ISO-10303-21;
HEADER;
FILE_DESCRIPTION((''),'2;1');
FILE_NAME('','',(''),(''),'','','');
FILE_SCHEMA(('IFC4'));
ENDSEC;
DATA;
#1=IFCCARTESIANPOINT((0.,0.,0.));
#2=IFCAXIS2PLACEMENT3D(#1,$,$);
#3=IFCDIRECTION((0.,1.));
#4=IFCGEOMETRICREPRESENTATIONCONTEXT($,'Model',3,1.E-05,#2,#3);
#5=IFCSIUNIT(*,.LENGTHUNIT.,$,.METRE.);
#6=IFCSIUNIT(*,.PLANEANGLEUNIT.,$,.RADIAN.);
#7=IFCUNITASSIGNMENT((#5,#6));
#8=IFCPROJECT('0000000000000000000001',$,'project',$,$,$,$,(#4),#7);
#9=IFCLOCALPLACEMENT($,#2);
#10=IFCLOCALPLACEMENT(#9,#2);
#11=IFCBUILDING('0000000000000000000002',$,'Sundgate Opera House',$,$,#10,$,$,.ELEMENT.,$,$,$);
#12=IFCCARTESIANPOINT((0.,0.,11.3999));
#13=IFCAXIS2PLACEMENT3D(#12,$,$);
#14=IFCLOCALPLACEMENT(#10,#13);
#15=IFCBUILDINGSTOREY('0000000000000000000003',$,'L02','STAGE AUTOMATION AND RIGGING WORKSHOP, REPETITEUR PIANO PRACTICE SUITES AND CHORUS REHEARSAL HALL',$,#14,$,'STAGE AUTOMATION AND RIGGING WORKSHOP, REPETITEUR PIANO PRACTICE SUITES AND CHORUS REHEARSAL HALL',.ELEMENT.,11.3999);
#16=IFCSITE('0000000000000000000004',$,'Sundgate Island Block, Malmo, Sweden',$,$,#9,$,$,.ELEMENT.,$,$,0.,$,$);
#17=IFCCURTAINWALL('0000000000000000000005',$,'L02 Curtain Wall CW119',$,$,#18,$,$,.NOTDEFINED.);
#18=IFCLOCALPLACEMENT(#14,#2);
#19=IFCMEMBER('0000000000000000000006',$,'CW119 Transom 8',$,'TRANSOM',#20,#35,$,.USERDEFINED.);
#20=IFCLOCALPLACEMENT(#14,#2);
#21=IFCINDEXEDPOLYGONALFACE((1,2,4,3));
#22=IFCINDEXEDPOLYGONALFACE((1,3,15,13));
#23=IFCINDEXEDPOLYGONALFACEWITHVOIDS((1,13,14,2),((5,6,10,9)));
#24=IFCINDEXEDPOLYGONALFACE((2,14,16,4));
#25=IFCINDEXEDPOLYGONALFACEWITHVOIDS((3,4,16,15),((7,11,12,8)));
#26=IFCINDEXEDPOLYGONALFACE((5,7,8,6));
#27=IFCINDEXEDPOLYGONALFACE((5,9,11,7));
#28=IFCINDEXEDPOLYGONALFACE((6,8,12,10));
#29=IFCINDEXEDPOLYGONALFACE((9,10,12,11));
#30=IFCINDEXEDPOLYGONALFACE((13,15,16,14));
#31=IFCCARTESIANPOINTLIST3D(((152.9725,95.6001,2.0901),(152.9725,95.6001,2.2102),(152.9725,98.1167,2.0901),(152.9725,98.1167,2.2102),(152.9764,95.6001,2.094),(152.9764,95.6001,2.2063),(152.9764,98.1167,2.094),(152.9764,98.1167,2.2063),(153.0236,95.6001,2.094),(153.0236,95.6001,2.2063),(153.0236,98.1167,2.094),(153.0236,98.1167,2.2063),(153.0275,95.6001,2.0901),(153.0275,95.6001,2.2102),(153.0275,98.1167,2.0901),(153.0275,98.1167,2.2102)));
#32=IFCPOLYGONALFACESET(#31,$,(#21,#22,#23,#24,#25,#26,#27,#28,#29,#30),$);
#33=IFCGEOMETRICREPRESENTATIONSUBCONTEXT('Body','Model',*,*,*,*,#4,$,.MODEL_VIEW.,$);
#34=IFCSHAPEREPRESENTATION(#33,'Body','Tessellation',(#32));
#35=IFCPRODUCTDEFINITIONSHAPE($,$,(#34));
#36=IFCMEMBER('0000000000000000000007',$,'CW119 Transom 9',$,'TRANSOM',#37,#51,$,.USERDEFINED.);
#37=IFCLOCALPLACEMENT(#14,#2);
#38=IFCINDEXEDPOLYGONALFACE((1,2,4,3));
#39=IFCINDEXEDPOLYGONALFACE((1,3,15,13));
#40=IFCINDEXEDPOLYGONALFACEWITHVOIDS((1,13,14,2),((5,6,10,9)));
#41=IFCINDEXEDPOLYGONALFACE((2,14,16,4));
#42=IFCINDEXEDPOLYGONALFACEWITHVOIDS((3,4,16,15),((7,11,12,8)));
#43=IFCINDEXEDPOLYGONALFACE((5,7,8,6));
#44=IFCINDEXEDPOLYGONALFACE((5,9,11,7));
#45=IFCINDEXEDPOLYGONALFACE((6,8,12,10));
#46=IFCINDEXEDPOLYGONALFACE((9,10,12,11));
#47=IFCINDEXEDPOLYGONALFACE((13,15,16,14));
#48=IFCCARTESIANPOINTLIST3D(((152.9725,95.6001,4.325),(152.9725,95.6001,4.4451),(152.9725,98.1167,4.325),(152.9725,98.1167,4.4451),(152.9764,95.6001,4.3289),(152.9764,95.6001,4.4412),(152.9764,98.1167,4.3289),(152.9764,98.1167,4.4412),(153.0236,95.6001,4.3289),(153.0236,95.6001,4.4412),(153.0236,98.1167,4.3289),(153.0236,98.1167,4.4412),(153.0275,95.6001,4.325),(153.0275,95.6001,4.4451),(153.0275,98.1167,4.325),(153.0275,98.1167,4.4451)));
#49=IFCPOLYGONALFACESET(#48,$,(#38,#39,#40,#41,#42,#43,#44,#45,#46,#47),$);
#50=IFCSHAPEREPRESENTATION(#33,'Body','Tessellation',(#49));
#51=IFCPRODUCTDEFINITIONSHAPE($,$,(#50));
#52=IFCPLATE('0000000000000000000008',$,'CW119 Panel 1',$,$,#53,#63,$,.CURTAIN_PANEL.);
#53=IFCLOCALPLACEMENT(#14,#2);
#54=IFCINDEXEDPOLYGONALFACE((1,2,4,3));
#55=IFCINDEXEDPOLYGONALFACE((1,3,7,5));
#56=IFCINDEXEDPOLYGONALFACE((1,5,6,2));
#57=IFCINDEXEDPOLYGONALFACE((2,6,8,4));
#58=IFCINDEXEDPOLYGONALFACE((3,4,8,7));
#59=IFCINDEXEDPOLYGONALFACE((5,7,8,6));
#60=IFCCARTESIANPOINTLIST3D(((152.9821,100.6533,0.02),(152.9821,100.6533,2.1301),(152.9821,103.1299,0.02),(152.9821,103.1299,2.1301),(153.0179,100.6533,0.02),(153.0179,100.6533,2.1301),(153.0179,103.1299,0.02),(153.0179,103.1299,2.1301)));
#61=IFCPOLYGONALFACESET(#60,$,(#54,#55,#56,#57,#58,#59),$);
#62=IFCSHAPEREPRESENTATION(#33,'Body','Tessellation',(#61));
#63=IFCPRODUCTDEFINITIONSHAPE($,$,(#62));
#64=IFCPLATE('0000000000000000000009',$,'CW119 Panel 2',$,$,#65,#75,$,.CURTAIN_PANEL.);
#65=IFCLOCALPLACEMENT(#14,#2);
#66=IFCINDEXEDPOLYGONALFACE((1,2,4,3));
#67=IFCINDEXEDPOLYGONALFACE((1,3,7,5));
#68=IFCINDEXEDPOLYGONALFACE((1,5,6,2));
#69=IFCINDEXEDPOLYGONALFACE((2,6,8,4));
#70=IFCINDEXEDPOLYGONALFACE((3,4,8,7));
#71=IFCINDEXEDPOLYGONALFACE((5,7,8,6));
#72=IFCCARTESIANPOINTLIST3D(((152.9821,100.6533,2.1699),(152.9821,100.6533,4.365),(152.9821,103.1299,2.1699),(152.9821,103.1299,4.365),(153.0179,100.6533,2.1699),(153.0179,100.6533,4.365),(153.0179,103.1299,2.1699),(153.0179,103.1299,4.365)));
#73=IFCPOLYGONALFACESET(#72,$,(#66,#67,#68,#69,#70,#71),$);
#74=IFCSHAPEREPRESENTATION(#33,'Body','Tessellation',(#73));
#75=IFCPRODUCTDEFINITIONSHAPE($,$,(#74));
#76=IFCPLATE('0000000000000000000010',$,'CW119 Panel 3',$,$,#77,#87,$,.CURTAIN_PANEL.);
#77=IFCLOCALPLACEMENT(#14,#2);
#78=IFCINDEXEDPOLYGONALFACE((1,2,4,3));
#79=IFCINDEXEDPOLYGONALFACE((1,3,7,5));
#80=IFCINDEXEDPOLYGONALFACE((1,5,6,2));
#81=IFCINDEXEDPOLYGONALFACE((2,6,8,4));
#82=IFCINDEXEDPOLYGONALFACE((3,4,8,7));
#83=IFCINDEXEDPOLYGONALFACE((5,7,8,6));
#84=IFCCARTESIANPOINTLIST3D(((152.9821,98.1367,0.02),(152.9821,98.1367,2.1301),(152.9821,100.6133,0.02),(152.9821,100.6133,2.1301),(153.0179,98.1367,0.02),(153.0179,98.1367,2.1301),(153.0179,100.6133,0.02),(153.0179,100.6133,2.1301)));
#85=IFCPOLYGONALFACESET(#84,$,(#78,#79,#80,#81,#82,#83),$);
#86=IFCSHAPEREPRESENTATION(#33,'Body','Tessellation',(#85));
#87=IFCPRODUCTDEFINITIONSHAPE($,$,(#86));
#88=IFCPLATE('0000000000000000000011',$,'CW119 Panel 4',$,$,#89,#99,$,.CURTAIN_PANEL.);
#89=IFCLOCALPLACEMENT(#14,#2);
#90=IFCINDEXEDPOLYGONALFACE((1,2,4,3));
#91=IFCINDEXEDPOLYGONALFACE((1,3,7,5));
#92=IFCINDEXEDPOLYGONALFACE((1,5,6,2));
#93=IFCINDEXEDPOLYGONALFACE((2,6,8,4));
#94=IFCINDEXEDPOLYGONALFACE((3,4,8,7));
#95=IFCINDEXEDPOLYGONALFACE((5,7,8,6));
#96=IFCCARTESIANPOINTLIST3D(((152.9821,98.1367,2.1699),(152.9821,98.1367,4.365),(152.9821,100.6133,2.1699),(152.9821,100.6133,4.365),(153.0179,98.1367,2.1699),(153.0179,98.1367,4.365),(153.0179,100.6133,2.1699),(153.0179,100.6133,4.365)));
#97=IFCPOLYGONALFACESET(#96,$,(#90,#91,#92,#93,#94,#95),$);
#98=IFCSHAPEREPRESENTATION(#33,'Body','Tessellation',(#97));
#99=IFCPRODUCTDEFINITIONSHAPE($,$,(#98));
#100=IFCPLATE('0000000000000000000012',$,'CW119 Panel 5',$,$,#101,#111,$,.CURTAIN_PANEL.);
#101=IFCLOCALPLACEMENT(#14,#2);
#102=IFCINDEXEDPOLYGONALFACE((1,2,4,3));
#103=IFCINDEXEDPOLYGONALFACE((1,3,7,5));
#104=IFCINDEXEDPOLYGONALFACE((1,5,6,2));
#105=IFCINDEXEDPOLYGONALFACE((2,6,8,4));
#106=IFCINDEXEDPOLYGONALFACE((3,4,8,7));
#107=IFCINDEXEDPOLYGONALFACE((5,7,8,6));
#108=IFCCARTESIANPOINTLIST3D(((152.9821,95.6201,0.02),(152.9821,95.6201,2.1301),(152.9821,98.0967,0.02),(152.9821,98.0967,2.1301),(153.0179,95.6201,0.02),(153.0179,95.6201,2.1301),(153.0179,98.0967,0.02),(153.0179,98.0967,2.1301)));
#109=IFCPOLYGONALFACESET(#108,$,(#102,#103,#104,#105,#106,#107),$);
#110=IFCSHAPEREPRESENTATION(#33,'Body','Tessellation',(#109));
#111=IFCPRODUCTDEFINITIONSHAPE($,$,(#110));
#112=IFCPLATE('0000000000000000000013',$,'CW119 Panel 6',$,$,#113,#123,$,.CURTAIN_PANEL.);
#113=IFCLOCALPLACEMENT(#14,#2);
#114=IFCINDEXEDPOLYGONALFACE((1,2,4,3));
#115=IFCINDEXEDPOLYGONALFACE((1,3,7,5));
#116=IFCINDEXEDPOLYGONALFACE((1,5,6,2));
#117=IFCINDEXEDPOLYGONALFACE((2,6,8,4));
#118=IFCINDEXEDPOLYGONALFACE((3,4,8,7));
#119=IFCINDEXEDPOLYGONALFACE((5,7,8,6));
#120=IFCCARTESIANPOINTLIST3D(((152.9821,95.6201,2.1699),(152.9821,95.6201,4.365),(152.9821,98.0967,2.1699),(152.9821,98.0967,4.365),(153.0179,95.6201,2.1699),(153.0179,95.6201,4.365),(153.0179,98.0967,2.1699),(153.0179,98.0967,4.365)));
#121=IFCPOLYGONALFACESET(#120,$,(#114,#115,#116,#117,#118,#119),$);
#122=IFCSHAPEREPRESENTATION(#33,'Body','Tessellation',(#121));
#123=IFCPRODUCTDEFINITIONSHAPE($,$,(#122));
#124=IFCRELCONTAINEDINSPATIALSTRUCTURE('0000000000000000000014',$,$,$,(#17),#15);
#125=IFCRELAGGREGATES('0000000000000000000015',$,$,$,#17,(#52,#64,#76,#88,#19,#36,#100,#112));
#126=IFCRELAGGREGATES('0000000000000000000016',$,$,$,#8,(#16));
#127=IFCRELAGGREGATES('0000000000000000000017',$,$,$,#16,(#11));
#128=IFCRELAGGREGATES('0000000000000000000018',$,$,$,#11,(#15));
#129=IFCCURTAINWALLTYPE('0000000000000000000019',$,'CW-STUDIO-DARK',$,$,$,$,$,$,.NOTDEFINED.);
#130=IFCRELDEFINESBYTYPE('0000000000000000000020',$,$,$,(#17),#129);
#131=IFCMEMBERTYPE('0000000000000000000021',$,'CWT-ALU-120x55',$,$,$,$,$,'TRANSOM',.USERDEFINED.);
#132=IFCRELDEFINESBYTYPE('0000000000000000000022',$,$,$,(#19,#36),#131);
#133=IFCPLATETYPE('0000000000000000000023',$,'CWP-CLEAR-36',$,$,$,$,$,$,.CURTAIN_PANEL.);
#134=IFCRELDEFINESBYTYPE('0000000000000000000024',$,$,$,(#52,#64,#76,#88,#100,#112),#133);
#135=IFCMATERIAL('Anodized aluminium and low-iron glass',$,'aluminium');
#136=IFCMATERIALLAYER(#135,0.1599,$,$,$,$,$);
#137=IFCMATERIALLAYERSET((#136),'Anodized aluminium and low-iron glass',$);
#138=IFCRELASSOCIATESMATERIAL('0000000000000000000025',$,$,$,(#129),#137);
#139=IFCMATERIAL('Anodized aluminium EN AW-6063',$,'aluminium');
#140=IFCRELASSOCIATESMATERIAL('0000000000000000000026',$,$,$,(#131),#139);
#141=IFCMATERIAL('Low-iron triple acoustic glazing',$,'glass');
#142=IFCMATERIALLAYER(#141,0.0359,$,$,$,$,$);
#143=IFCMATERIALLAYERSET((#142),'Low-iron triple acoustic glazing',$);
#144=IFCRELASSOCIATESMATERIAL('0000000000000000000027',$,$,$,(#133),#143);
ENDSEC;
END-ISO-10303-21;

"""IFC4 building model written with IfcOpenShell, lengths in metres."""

from ifc_helpers import new_model, si_unit, direction, frame, origin, origin_2d, place, context, subcontext, project, spatial, rectangle, hollow_rectangle, extrude, material, layer, layer_set, material_profile, profile_set, type_object, element, aggregate, save


model = new_model("IFC4")

# Units and contexts
model_context = context("Model", 3, precision=1e-05, world=origin(), true_north=direction((0.0, 1.0)))
body_context = subcontext(model_context, "Body", "Model", "MODEL_VIEW")
ifc_project = project(units=[si_unit("LENGTHUNIT", "METRE"), si_unit("PLANEANGLEUNIT", "RADIAN")], contexts=[model_context])

# Site, building, storey
site_placement = place(None, origin())
site = spatial("IfcSite", under=ifc_project, at=site_placement, Name="Sundgate Island Block, Malmo, Sweden", CompositionType="ELEMENT", RefElevation=0.0)
building_placement = place(site_placement, origin())
building = spatial("IfcBuilding", under=site, at=building_placement, Name="Sundgate Opera House", CompositionType="ELEMENT")
storey_placement = place(building_placement, frame((0.0, 0.0, 11.3999)))
storey = spatial("IfcBuildingStorey", under=building, at=storey_placement, Name="L02", Description="STAGE AUTOMATION AND RIGGING WORKSHOP, REPETITEUR PIANO PRACTICE SUITES AND CHORUS REHEARSAL HALL", LongName="STAGE AUTOMATION AND RIGGING WORKSHOP, REPETITEUR PIANO PRACTICE SUITES AND CHORUS REHEARSAL HALL", CompositionType="ELEMENT", Elevation=11.3999)

# Curtain wall, members, plates
ifc_material_1 = material(Name="Anodized aluminium and low-iron glass", Category="aluminium")
ifc_layer_1 = layer(ifc_material_1, 0.1599)
ifc_layer_set_1 = layer_set([ifc_layer_1], Name="Anodized aluminium and low-iron glass")
curtain_wall_type = type_object("IfcCurtainWallType", Name="CW-STUDIO-DARK", PredefinedType="NOTDEFINED", material=ifc_layer_set_1)
curtain_wall_placement = place(storey_placement, origin())
curtain_wall = element("IfcCurtainWall", 1, at=curtain_wall_placement, inside=storey, type_object=curtain_wall_type, Name="L02 Curtain Wall CW119", PredefinedType="NOTDEFINED")
ifc_material_2 = material(Name="Anodized aluminium EN AW-6063", Category="aluminium")
ifc_material_profile_1 = material_profile(ifc_material_2, hollow_rectangle(XDim=0.0549, YDim=0.1201, WallThickness=0.0039, at=origin_2d()), Name="CWT 120x55x4")
ifc_profile_set_1 = profile_set([ifc_material_profile_1], Name="Anodized aluminium EN AW-6063")
member_type_1 = type_object("IfcMemberType", Name="CWT-ALU-120x55", ElementType="TRANSOM", PredefinedType="USERDEFINED", material=ifc_profile_set_1)
member_1_placement = place(storey_placement, frame((153.0, 98.1167, 2.1501), z_axis=(0.0, -1.0, 0.0), x_axis=(1.0, 0.0, 0.0)))
member_1 = element("IfcMember", 2, at=member_1_placement, type_object=member_type_1, Name="CW119 Transom 8", ObjectType="TRANSOM", PredefinedType="USERDEFINED", context=body_context, shape_type="SweptSolid", body=[
    extrude(hollow_rectangle(XDim=0.0549, YDim=0.1201, WallThickness=0.0039, at=origin_2d()), origin(), (0.0, 0.0, 1.0), 2.5166),
])
member_2_placement = place(storey_placement, frame((153.0, 98.1167, 4.385), z_axis=(0.0, -1.0, 0.0), x_axis=(1.0, 0.0, 0.0)))
member_2 = element("IfcMember", 3, at=member_2_placement, type_object=member_type_1, Name="CW119 Transom 9", ObjectType="TRANSOM", PredefinedType="USERDEFINED", context=body_context, shape_type="SweptSolid", body=[
    extrude(hollow_rectangle(XDim=0.0549, YDim=0.1201, WallThickness=0.0039, at=origin_2d()), origin(), (0.0, 0.0, 1.0), 2.5166),
])
ifc_material_3 = material(Name="Low-iron triple acoustic glazing", Category="glass")
ifc_layer_2 = layer(ifc_material_3, 0.0359)
ifc_layer_set_2 = layer_set([ifc_layer_2], Name="Low-iron triple acoustic glazing")
plate_type = type_object("IfcPlateType", Name="CWP-CLEAR-36", PredefinedType="CURTAIN_PANEL", material=ifc_layer_set_2)
plate_1_placement = place(storey_placement, frame((153.0, 101.8916, 0.02), z_axis=(0.0, 0.0, 1.0), x_axis=(0.0, -1.0, 0.0)))
plate_1 = element("IfcPlate", 4, at=plate_1_placement, type_object=plate_type, Name="CW119 Panel 1", PredefinedType="CURTAIN_PANEL", context=body_context, shape_type="SweptSolid", body=[
    extrude(rectangle(XDim=2.4766, YDim=0.0359, at=origin_2d()), origin(), (0.0, 0.0, 1.0), 2.1101),
])
plate_2_placement = place(storey_placement, frame((153.0, 101.8916, 2.1699), z_axis=(0.0, 0.0, 1.0), x_axis=(0.0, -1.0, 0.0)))
plate_2 = element("IfcPlate", 5, at=plate_2_placement, type_object=plate_type, Name="CW119 Panel 2", PredefinedType="CURTAIN_PANEL", context=body_context, shape_type="SweptSolid", body=[
    extrude(rectangle(XDim=2.4766, YDim=0.0359, at=origin_2d()), origin(), (0.0, 0.0, 1.0), 2.1951),
])
plate_3_placement = place(storey_placement, frame((153.0, 99.375, 0.02), z_axis=(0.0, 0.0, 1.0), x_axis=(0.0, -1.0, 0.0)))
plate_3 = element("IfcPlate", 6, at=plate_3_placement, type_object=plate_type, Name="CW119 Panel 3", PredefinedType="CURTAIN_PANEL", context=body_context, shape_type="SweptSolid", body=[
    extrude(rectangle(XDim=2.4766, YDim=0.0359, at=origin_2d()), origin(), (0.0, 0.0, 1.0), 2.1101),
])
plate_4_placement = place(storey_placement, frame((153.0, 99.375, 2.1699), z_axis=(0.0, 0.0, 1.0), x_axis=(0.0, -1.0, 0.0)))
plate_4 = element("IfcPlate", 7, at=plate_4_placement, type_object=plate_type, Name="CW119 Panel 4", PredefinedType="CURTAIN_PANEL", context=body_context, shape_type="SweptSolid", body=[
    extrude(rectangle(XDim=2.4766, YDim=0.0359, at=origin_2d()), origin(), (0.0, 0.0, 1.0), 2.1951),
])
plate_5_placement = place(storey_placement, frame((153.0, 96.8584, 0.02), z_axis=(0.0, 0.0, 1.0), x_axis=(0.0, -1.0, 0.0)))
plate_5 = element("IfcPlate", 8, at=plate_5_placement, type_object=plate_type, Name="CW119 Panel 5", PredefinedType="CURTAIN_PANEL", context=body_context, shape_type="SweptSolid", body=[
    extrude(rectangle(XDim=2.4766, YDim=0.0359, at=origin_2d()), origin(), (0.0, 0.0, 1.0), 2.1101),
])
plate_6_placement = place(storey_placement, frame((153.0, 96.8584, 2.1699), z_axis=(0.0, 0.0, 1.0), x_axis=(0.0, -1.0, 0.0)))
plate_6 = element("IfcPlate", 9, at=plate_6_placement, type_object=plate_type, Name="CW119 Panel 6", PredefinedType="CURTAIN_PANEL", context=body_context, shape_type="SweptSolid", body=[
    extrude(rectangle(XDim=2.4766, YDim=0.0359, at=origin_2d()), origin(), (0.0, 0.0, 1.0), 2.1951),
])
aggregate(curtain_wall, [plate_1, plate_2, plate_3, plate_4, member_1, member_2, plate_5, plate_6])

save(model, "model.ifc")
